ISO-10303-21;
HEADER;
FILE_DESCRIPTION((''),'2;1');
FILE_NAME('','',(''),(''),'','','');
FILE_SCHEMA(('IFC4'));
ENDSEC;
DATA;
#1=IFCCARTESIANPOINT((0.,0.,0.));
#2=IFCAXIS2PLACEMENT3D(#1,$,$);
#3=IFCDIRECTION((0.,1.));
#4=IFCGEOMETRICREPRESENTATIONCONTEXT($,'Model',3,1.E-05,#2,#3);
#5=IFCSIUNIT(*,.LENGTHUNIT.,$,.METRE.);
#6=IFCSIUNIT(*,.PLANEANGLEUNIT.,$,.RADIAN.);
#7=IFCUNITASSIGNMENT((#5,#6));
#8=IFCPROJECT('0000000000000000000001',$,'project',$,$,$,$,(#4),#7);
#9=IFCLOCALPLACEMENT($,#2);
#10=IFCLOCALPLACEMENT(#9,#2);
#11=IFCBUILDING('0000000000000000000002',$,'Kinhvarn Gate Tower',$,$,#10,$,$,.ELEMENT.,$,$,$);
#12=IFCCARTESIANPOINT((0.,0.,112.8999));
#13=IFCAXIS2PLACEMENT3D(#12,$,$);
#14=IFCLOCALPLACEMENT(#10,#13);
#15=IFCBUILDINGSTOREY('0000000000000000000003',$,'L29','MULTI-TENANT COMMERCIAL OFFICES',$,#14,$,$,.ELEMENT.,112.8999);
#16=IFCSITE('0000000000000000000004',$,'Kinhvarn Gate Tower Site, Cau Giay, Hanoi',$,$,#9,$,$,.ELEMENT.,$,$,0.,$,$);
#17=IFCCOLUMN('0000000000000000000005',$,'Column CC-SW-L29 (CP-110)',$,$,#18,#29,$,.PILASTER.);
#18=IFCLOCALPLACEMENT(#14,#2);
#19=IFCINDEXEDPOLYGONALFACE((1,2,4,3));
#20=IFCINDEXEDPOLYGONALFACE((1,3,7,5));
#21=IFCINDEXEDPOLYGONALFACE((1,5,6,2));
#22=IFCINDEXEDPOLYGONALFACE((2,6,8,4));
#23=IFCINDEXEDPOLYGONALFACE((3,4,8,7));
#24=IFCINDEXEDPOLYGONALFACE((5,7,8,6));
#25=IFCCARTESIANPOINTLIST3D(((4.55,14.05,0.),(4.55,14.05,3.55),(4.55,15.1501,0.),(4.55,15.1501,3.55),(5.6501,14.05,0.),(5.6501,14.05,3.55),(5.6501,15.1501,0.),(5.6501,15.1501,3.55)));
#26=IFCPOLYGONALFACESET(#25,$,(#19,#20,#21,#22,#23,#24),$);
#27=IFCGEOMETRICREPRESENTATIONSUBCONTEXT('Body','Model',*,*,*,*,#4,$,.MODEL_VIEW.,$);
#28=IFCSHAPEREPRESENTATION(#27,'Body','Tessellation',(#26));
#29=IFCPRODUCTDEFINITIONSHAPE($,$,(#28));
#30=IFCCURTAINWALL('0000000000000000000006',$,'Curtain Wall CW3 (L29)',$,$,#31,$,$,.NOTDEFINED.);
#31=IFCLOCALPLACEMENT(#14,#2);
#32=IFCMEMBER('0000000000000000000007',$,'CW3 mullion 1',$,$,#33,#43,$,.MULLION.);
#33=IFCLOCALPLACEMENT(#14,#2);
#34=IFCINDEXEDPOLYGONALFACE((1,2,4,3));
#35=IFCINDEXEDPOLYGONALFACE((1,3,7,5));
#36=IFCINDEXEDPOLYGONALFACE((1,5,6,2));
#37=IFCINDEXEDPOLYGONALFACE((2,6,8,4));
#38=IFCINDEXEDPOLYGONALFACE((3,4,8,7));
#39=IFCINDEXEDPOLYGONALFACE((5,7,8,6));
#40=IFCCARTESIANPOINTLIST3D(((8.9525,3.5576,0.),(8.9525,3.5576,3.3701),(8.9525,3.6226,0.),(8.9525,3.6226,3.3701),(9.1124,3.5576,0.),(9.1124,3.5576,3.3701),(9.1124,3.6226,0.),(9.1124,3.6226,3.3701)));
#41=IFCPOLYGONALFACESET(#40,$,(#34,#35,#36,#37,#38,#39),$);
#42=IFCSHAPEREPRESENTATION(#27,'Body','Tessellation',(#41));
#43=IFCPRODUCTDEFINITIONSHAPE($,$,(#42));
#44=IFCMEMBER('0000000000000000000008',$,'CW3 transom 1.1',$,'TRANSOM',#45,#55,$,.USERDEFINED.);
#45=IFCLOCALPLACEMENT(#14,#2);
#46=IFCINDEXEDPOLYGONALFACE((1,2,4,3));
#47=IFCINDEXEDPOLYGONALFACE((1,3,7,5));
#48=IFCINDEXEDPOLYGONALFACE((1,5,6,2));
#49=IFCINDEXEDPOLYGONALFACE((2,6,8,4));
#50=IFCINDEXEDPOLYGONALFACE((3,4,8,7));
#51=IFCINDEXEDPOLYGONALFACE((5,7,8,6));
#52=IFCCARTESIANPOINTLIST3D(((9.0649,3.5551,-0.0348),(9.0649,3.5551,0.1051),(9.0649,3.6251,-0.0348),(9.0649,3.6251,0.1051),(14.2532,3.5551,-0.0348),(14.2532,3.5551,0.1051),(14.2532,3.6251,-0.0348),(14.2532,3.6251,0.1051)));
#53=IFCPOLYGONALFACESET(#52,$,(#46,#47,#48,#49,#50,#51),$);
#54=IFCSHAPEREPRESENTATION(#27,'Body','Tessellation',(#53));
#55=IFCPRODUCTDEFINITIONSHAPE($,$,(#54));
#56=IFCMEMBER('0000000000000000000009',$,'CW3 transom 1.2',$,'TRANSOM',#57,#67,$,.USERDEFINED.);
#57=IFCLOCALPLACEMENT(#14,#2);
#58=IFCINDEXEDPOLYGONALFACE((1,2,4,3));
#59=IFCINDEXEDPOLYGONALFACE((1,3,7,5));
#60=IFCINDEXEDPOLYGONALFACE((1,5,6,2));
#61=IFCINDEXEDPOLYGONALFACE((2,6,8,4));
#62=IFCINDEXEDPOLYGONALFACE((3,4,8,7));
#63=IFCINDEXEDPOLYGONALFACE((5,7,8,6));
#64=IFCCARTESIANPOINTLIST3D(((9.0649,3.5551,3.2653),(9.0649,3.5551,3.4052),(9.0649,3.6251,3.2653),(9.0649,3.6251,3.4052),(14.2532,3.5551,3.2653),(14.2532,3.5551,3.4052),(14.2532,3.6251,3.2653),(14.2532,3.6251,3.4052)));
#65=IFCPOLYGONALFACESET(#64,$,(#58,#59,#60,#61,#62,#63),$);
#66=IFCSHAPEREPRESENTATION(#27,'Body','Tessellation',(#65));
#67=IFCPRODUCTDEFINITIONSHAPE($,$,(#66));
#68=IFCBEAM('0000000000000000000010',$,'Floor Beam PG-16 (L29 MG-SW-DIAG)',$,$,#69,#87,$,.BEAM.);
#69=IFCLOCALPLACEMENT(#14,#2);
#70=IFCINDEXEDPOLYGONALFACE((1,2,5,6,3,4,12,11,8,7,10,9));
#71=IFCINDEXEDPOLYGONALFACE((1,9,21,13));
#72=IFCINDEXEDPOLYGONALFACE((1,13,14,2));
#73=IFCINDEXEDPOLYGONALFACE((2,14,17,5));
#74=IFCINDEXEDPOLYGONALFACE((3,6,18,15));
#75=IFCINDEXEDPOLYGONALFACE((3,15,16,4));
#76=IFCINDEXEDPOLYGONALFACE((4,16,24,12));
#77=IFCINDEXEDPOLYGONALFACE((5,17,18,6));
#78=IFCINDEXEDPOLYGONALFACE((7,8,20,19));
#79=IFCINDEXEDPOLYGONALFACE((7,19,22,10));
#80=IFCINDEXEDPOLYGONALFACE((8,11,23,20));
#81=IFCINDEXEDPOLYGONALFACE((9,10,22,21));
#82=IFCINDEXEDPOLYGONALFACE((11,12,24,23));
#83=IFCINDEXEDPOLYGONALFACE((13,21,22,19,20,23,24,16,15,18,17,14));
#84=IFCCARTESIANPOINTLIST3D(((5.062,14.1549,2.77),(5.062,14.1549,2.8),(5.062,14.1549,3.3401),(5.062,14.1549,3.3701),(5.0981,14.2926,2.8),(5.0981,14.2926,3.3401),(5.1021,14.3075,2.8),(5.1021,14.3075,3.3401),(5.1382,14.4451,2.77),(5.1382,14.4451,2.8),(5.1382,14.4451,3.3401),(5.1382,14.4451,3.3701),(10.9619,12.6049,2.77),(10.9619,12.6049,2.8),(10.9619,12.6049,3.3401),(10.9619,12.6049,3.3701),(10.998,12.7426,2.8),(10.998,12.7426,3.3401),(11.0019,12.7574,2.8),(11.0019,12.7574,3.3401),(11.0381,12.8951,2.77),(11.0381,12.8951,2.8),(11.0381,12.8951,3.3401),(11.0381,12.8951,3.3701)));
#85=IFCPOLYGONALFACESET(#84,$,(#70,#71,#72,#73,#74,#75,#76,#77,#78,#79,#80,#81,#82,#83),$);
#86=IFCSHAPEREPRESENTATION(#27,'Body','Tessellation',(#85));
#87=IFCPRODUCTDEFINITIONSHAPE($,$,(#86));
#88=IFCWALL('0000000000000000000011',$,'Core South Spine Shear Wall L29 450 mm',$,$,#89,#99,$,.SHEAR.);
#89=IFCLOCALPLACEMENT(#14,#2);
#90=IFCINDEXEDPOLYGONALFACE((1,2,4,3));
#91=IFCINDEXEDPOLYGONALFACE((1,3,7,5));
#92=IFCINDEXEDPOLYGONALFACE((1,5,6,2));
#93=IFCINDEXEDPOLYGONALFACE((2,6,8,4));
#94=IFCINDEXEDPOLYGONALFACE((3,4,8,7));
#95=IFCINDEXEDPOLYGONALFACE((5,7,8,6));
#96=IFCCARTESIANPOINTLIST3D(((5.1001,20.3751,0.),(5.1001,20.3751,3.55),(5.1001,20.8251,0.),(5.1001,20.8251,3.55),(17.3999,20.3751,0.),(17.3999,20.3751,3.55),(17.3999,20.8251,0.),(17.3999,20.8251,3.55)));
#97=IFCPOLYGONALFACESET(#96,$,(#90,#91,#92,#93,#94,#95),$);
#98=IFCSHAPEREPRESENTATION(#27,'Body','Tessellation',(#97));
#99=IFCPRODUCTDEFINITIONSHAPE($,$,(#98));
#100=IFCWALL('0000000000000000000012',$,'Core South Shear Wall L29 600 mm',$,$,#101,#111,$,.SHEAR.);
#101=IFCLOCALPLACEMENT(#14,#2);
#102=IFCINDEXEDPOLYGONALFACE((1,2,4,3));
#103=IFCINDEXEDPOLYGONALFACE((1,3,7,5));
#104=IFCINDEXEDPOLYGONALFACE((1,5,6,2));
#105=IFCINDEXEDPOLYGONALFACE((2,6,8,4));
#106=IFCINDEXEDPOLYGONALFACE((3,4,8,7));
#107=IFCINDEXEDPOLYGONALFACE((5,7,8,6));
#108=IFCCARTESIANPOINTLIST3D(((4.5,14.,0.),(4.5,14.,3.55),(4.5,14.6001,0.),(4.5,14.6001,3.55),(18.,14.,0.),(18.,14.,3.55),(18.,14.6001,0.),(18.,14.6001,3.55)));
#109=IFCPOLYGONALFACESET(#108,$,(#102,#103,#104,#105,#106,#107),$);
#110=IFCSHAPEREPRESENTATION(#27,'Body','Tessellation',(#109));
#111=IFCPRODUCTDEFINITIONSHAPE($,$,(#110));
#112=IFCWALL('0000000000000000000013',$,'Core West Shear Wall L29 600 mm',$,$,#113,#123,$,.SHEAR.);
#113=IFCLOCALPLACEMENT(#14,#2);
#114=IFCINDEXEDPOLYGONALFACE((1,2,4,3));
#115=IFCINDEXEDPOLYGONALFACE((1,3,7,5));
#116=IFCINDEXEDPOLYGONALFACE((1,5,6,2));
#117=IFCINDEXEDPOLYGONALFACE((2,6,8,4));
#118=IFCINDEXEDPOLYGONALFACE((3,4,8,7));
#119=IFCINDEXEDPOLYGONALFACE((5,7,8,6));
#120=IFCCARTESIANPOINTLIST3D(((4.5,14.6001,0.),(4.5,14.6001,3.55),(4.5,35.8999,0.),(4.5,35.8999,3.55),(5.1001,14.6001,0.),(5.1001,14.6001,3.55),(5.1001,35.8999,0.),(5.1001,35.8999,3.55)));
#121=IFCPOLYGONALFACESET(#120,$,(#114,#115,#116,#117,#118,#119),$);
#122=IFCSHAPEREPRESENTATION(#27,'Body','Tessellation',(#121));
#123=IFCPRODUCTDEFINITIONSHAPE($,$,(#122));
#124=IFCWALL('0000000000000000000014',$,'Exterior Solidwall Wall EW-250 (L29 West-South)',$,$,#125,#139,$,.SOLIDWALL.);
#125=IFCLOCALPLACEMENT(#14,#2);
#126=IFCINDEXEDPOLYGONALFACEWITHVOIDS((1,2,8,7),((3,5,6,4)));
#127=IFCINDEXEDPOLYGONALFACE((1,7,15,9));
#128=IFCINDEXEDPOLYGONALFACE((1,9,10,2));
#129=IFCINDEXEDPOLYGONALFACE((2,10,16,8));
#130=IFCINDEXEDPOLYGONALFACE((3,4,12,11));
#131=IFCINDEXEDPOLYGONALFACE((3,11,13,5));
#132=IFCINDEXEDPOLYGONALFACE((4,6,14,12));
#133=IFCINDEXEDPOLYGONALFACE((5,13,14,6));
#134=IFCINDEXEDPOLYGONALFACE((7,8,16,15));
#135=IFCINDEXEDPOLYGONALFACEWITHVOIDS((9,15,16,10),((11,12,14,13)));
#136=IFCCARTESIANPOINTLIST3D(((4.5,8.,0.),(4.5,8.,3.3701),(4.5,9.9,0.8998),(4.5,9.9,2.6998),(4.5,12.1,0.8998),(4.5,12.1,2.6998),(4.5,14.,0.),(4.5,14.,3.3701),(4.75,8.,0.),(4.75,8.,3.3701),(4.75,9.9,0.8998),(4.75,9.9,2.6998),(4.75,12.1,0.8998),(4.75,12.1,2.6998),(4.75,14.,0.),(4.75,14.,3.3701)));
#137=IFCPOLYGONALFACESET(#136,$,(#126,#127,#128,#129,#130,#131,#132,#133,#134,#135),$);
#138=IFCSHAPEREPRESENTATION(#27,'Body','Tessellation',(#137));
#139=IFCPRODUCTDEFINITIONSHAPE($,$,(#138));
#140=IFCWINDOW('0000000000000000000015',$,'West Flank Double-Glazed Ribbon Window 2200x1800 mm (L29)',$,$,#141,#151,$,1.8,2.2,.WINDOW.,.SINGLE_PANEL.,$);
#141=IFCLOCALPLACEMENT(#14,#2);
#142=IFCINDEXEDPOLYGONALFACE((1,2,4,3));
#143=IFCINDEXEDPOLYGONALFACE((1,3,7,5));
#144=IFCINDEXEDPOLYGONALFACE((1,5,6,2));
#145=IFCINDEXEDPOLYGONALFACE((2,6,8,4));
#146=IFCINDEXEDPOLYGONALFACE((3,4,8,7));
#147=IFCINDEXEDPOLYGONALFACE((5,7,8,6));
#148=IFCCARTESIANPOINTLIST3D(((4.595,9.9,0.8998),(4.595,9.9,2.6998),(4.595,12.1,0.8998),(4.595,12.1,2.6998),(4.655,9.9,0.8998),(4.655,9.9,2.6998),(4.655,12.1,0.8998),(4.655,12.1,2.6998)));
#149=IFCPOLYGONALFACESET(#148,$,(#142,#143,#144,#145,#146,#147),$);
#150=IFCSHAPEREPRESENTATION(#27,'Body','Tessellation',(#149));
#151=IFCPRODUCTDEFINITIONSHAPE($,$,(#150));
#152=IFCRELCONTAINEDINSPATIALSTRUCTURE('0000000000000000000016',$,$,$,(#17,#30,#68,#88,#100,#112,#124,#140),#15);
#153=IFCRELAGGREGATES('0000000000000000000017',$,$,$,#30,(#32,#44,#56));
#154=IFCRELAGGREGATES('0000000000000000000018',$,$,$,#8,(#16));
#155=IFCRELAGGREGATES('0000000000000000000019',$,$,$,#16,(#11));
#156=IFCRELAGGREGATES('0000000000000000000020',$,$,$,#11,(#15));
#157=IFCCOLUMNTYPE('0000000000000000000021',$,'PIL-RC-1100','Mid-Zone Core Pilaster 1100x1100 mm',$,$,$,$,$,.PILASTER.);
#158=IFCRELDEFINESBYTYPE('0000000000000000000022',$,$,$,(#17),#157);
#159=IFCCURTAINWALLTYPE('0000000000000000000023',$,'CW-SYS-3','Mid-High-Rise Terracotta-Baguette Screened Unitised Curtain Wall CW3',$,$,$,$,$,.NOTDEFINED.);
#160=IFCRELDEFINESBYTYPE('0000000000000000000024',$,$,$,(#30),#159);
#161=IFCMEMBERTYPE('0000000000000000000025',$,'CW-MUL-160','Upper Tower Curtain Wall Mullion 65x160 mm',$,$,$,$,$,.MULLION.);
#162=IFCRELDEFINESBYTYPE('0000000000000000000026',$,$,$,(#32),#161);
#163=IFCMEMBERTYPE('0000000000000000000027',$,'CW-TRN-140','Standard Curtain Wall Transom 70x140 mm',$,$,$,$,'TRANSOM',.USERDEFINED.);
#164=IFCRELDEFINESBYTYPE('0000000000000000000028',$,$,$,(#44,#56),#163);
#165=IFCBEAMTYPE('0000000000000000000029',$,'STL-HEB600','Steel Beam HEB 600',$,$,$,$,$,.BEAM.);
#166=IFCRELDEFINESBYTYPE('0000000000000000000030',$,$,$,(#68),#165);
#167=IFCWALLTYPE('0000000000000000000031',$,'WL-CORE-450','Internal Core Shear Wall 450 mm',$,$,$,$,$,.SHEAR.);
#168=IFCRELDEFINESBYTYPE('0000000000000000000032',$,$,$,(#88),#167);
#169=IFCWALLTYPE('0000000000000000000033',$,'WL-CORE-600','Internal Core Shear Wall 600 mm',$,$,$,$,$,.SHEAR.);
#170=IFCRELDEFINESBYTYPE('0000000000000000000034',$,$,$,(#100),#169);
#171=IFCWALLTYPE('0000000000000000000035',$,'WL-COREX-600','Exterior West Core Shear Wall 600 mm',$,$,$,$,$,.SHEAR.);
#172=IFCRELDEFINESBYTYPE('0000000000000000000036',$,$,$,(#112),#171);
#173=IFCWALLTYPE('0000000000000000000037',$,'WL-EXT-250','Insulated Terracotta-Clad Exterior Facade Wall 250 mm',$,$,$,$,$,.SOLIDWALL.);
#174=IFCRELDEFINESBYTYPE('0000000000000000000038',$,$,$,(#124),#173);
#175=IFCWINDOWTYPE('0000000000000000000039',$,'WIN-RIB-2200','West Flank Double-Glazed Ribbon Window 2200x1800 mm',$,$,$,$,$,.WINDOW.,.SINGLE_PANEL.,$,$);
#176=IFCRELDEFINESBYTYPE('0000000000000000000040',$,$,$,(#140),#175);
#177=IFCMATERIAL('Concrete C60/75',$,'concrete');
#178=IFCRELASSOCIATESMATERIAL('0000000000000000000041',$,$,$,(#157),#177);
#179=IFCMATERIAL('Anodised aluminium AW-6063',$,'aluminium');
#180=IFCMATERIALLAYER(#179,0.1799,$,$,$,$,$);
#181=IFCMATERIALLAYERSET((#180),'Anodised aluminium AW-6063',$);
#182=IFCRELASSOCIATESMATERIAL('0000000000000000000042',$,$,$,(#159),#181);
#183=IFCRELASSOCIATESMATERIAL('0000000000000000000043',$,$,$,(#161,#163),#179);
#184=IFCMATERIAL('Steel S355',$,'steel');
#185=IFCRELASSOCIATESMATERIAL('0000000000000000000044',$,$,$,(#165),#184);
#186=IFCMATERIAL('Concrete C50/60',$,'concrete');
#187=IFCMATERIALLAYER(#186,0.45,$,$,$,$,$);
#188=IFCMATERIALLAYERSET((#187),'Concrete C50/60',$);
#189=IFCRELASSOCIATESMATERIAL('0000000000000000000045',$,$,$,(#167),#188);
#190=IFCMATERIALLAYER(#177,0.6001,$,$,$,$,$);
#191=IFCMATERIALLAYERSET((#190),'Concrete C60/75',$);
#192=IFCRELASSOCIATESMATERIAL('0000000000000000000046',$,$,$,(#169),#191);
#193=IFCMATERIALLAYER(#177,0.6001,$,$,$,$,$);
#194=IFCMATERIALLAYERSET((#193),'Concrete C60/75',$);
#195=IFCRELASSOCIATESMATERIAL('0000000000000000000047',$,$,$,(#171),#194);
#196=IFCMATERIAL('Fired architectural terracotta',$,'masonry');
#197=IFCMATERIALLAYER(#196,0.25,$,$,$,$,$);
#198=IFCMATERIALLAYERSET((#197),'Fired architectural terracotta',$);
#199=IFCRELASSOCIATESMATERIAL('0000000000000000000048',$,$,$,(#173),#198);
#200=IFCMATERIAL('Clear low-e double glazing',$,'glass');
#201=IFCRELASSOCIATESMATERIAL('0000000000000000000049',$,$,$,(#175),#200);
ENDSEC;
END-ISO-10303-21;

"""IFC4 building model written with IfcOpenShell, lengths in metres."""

from ifc_helpers import new_model, si_unit, direction, frame, frame_2d, origin, origin_2d, place, context, subcontext, project, spatial, rectangle, i_section, extrude, material, layer, layer_set, material_profile, profile_set, type_object, element, fill, aggregate, save


model = new_model("IFC4")

# Units and contexts
model_context = context("Model", 3, precision=1e-05, world=origin(), true_north=direction((0.0, 1.0)))
body_context = subcontext(model_context, "Body", "Model", "MODEL_VIEW")
ifc_project = project(units=[si_unit("LENGTHUNIT", "METRE"), si_unit("PLANEANGLEUNIT", "RADIAN")], contexts=[model_context])

# Site, building, storey
site_placement = place(None, origin())
site = spatial("IfcSite", under=ifc_project, at=site_placement, Name="Kinhvarn Gate Tower Site, Cau Giay, Hanoi", CompositionType="ELEMENT", RefElevation=0.0)
building_placement = place(site_placement, origin())
building = spatial("IfcBuilding", under=site, at=building_placement, Name="Kinhvarn Gate Tower", CompositionType="ELEMENT")
storey_placement = place(building_placement, frame((0.0, 0.0, 112.8999)))
storey = spatial("IfcBuildingStorey", under=building, at=storey_placement, Name="L29", Description="MULTI-TENANT COMMERCIAL OFFICES", CompositionType="ELEMENT", Elevation=112.8999)

# Column
ifc_material_1 = material(Name="Concrete C60/75", Category="concrete")
ifc_material_profile_1 = material_profile(ifc_material_1, rectangle(XDim=1.1001, YDim=1.1001, at=origin_2d()), Name="RC 1100x1100")
ifc_profile_set_1 = profile_set([ifc_material_profile_1], Name="Concrete C60/75")
column_type = type_object("IfcColumnType", Name="PIL-RC-1100", Description="Mid-Zone Core Pilaster 1100x1100 mm", PredefinedType="PILASTER", material=ifc_profile_set_1)
column_placement = place(storey_placement, frame((5.1001, 14.6001, 0.0), z_axis=(0.0, 0.0, 1.0), x_axis=(1.0, 0.0, 0.0)))
element("IfcColumn", 1, at=column_placement, inside=storey, type_object=column_type, Name="Column CC-SW-L29 (CP-110)", PredefinedType="PILASTER", context=body_context, shape_type="SweptSolid", body=[
    extrude(rectangle(XDim=1.1001, YDim=1.1001, at=origin_2d()), origin(), (0.0, 0.0, 1.0), 3.55),
])

# Curtain wall, members
ifc_material_2 = material(Name="Anodised aluminium AW-6063", Category="aluminium")
ifc_layer_1 = layer(ifc_material_2, 0.1799)
ifc_layer_set_1 = layer_set([ifc_layer_1], Name="Anodised aluminium AW-6063")
curtain_wall_type = type_object("IfcCurtainWallType", Name="CW-SYS-3", Description="Mid-High-Rise Terracotta-Baguette Screened Unitised Curtain Wall CW3", PredefinedType="NOTDEFINED", material=ifc_layer_set_1)
curtain_wall_placement = place(storey_placement, origin())
curtain_wall = element("IfcCurtainWall", 2, at=curtain_wall_placement, inside=storey, type_object=curtain_wall_type, Name="Curtain Wall CW3 (L29)", PredefinedType="NOTDEFINED")
ifc_material_profile_2 = material_profile(ifc_material_2, rectangle(XDim=0.0649, YDim=0.1599, at=origin_2d()), Name="ALU 65x160")
ifc_profile_set_2 = profile_set([ifc_material_profile_2], Name="Anodised aluminium AW-6063")
member_type_1 = type_object("IfcMemberType", Name="CW-MUL-160", Description="Upper Tower Curtain Wall Mullion 65x160 mm", PredefinedType="MULLION", material=ifc_profile_set_2)
member_1_placement = place(storey_placement, frame((9.0325, 3.5901, 0.0), z_axis=(0.0, 0.0, 1.0), x_axis=(0.0, 1.0, 0.0)))
member_1 = element("IfcMember", 3, at=member_1_placement, type_object=member_type_1, Name="CW3 mullion 1", PredefinedType="MULLION", context=body_context, shape_type="SweptSolid", body=[
    extrude(rectangle(XDim=0.0649, YDim=0.1599, at=origin_2d()), origin(), (0.0, 0.0, 1.0), 3.3701),
])
ifc_material_profile_3 = material_profile(ifc_material_2, rectangle(XDim=0.0701, YDim=0.1399, at=origin_2d()), Name="ALU 70x140")
ifc_profile_set_3 = profile_set([ifc_material_profile_3], Name="Anodised aluminium AW-6063")
member_type_2 = type_object("IfcMemberType", Name="CW-TRN-140", Description="Standard Curtain Wall Transom 70x140 mm", ElementType="TRANSOM", PredefinedType="USERDEFINED", material=ifc_profile_set_3)
member_2_placement = place(storey_placement, frame((9.0649, 3.5901, 0.0352), z_axis=(1.0, 0.0, 0.0), x_axis=(0.0, 1.0, 0.0)))
member_2 = element("IfcMember", 4, at=member_2_placement, type_object=member_type_2, Name="CW3 transom 1.1", ObjectType="TRANSOM", PredefinedType="USERDEFINED", context=body_context, shape_type="SweptSolid", body=[
    extrude(rectangle(XDim=0.0701, YDim=0.1399, at=origin_2d()), origin(), (0.0, 0.0, 1.0), 5.1882),
])
member_3_placement = place(storey_placement, frame((9.0649, 3.5901, 3.3352), z_axis=(1.0, 0.0, 0.0), x_axis=(0.0, 1.0, 0.0)))
member_3 = element("IfcMember", 5, at=member_3_placement, type_object=member_type_2, Name="CW3 transom 1.2", ObjectType="TRANSOM", PredefinedType="USERDEFINED", context=body_context, shape_type="SweptSolid", body=[
    extrude(rectangle(XDim=0.0701, YDim=0.1399, at=origin_2d()), origin(), (0.0, 0.0, 1.0), 5.1882),
])
aggregate(curtain_wall, [member_1, member_2, member_3])

# Beam
ifc_material_3 = material(Name="Steel S355", Category="steel")
ifc_material_profile_4 = material_profile(ifc_material_3, i_section(OverallWidth=0.3, OverallDepth=0.6001, WebThickness=0.0154, FlangeThickness=0.03, at=origin_2d()), Name="HEB 600")
ifc_profile_set_4 = profile_set([ifc_material_profile_4], Name="Steel S355")
beam_type = type_object("IfcBeamType", Name="STL-HEB600", Description="Steel Beam HEB 600", PredefinedType="BEAM", material=ifc_profile_set_4)
beam_placement = place(storey_placement, frame((5.1001, 14.3, 3.0701), z_axis=(0.967178, -0.254101, 0.0), x_axis=(0.254101, 0.967178, 0.0)))
element("IfcBeam", 6, at=beam_placement, inside=storey, type_object=beam_type, Name="Floor Beam PG-16 (L29 MG-SW-DIAG)", PredefinedType="BEAM", context=body_context, shape_type="SweptSolid", body=[
    extrude(i_section(OverallWidth=0.3, OverallDepth=0.6001, WebThickness=0.0154, FlangeThickness=0.03, at=origin_2d()), origin(), (0.0, 0.0, 1.0), 6.1001),
])

# Walls
ifc_material_4 = material(Name="Concrete C50/60", Category="concrete")
ifc_layer_2 = layer(ifc_material_4, 0.45)
ifc_layer_set_2 = layer_set([ifc_layer_2], Name="Concrete C50/60")
wall_type_1 = type_object("IfcWallType", Name="WL-CORE-450", Description="Internal Core Shear Wall 450 mm", PredefinedType="SHEAR", material=ifc_layer_set_2)
wall_1_placement = place(storey_placement, frame((5.1001, 20.6001, 0.0), z_axis=(0.0, 0.0, 1.0), x_axis=(1.0, 0.0, 0.0)))
element("IfcWall", 7, at=wall_1_placement, inside=storey, type_object=wall_type_1, Name="Core South Spine Shear Wall L29 450 mm", PredefinedType="SHEAR", context=body_context, shape_type="SweptSolid", body=[
    extrude(rectangle(XDim=12.2998, YDim=0.45, at=frame_2d((6.1499, 0.0))), origin(), (0.0, 0.0, 1.0), 3.55),
])
ifc_layer_3 = layer(ifc_material_1, 0.6001)
ifc_layer_set_3 = layer_set([ifc_layer_3], Name="Concrete C60/75")
wall_type_2 = type_object("IfcWallType", Name="WL-CORE-600", Description="Internal Core Shear Wall 600 mm", PredefinedType="SHEAR", material=ifc_layer_set_3)
wall_2_placement = place(storey_placement, frame((4.5, 14.3, 0.0), z_axis=(0.0, 0.0, 1.0), x_axis=(1.0, 0.0, 0.0)))
element("IfcWall", 8, at=wall_2_placement, inside=storey, type_object=wall_type_2, Name="Core South Shear Wall L29 600 mm", PredefinedType="SHEAR", context=body_context, shape_type="SweptSolid", body=[
    extrude(rectangle(XDim=13.5, YDim=0.6001, at=frame_2d((6.75, 0.0))), origin(), (0.0, 0.0, 1.0), 3.55),
])
ifc_layer_4 = layer(ifc_material_1, 0.6001)
ifc_layer_set_4 = layer_set([ifc_layer_4], Name="Concrete C60/75")
wall_type_3 = type_object("IfcWallType", Name="WL-COREX-600", Description="Exterior West Core Shear Wall 600 mm", PredefinedType="SHEAR", material=ifc_layer_set_4)
wall_3_placement = place(storey_placement, frame((4.8, 14.6001, 0.0), z_axis=(0.0, 0.0, 1.0), x_axis=(0.0, 1.0, 0.0)))
element("IfcWall", 9, at=wall_3_placement, inside=storey, type_object=wall_type_3, Name="Core West Shear Wall L29 600 mm", PredefinedType="SHEAR", context=body_context, shape_type="SweptSolid", body=[
    extrude(rectangle(XDim=21.2998, YDim=0.6001, at=frame_2d((10.6499, 0.0))), origin(), (0.0, 0.0, 1.0), 3.55),
])

# Wall, opening, window
ifc_material_5 = material(Name="Fired architectural terracotta", Category="masonry")
ifc_layer_5 = layer(ifc_material_5, 0.25)
ifc_layer_set_5 = layer_set([ifc_layer_5], Name="Fired architectural terracotta")
wall_type_4 = type_object("IfcWallType", Name="WL-EXT-250", Description="Insulated Terracotta-Clad Exterior Facade Wall 250 mm", PredefinedType="SOLIDWALL", material=ifc_layer_set_5)
wall_4_placement = place(storey_placement, frame((4.625, 14.0, 0.0), z_axis=(0.0, 0.0, 1.0), x_axis=(0.0, -1.0, 0.0)))
wall_4 = element("IfcWall", 10, at=wall_4_placement, inside=storey, type_object=wall_type_4, Name="Exterior Solidwall Wall EW-250 (L29 West-South)", PredefinedType="SOLIDWALL", context=body_context, shape_type="SweptSolid", body=[
    extrude(rectangle(XDim=6.0, YDim=0.25, at=frame_2d((3.0, 0.0))), origin(), (0.0, 0.0, 1.0), 3.3701),
])
opening_1_placement = place(wall_4_placement, frame((1.8999, 0.0, 0.8999)))
opening_1 = element("IfcOpeningElement", 11, at=opening_1_placement, cuts=wall_4, PredefinedType="OPENING", context=body_context, shape_type="SweptSolid", body=[
    extrude(rectangle(XDim=2.2, YDim=1.8, at=frame_2d((1.1001, 0.8999))), frame((0.0, 0.135, 0.0), z_axis=(0.0, -1.0, 0.0), x_axis=(1.0, 0.0, 0.0)), (0.0, 0.0, 1.0), 0.27),
])
ifc_material_6 = material(Name="Clear low-e double glazing", Category="glass")
window_type_1 = type_object("IfcWindowType", Name="WIN-RIB-2200", Description="West Flank Double-Glazed Ribbon Window 2200x1800 mm", PartitioningType="SINGLE_PANEL", PredefinedType="WINDOW", material=ifc_material_6)
window_1_placement = place(opening_1_placement, origin())
window_1 = element("IfcWindow", 12, at=window_1_placement, inside=storey, type_object=window_type_1, Name="West Flank Double-Glazed Ribbon Window 2200x1800 mm (L29)", OverallHeight=1.8, OverallWidth=2.2, PartitioningType="SINGLE_PANEL", PredefinedType="WINDOW", context=body_context, shape_type="SweptSolid", body=[
    extrude(rectangle(XDim=2.2, YDim=1.8, at=frame_2d((1.1001, 0.8999))), frame((0.0, 0.03, 0.0), z_axis=(0.0, -1.0, 0.0), x_axis=(1.0, 0.0, 0.0)), (0.0, 0.0, 1.0), 0.0601),
])
fill(opening_1, window_1)

save(model, "model.ifc")
